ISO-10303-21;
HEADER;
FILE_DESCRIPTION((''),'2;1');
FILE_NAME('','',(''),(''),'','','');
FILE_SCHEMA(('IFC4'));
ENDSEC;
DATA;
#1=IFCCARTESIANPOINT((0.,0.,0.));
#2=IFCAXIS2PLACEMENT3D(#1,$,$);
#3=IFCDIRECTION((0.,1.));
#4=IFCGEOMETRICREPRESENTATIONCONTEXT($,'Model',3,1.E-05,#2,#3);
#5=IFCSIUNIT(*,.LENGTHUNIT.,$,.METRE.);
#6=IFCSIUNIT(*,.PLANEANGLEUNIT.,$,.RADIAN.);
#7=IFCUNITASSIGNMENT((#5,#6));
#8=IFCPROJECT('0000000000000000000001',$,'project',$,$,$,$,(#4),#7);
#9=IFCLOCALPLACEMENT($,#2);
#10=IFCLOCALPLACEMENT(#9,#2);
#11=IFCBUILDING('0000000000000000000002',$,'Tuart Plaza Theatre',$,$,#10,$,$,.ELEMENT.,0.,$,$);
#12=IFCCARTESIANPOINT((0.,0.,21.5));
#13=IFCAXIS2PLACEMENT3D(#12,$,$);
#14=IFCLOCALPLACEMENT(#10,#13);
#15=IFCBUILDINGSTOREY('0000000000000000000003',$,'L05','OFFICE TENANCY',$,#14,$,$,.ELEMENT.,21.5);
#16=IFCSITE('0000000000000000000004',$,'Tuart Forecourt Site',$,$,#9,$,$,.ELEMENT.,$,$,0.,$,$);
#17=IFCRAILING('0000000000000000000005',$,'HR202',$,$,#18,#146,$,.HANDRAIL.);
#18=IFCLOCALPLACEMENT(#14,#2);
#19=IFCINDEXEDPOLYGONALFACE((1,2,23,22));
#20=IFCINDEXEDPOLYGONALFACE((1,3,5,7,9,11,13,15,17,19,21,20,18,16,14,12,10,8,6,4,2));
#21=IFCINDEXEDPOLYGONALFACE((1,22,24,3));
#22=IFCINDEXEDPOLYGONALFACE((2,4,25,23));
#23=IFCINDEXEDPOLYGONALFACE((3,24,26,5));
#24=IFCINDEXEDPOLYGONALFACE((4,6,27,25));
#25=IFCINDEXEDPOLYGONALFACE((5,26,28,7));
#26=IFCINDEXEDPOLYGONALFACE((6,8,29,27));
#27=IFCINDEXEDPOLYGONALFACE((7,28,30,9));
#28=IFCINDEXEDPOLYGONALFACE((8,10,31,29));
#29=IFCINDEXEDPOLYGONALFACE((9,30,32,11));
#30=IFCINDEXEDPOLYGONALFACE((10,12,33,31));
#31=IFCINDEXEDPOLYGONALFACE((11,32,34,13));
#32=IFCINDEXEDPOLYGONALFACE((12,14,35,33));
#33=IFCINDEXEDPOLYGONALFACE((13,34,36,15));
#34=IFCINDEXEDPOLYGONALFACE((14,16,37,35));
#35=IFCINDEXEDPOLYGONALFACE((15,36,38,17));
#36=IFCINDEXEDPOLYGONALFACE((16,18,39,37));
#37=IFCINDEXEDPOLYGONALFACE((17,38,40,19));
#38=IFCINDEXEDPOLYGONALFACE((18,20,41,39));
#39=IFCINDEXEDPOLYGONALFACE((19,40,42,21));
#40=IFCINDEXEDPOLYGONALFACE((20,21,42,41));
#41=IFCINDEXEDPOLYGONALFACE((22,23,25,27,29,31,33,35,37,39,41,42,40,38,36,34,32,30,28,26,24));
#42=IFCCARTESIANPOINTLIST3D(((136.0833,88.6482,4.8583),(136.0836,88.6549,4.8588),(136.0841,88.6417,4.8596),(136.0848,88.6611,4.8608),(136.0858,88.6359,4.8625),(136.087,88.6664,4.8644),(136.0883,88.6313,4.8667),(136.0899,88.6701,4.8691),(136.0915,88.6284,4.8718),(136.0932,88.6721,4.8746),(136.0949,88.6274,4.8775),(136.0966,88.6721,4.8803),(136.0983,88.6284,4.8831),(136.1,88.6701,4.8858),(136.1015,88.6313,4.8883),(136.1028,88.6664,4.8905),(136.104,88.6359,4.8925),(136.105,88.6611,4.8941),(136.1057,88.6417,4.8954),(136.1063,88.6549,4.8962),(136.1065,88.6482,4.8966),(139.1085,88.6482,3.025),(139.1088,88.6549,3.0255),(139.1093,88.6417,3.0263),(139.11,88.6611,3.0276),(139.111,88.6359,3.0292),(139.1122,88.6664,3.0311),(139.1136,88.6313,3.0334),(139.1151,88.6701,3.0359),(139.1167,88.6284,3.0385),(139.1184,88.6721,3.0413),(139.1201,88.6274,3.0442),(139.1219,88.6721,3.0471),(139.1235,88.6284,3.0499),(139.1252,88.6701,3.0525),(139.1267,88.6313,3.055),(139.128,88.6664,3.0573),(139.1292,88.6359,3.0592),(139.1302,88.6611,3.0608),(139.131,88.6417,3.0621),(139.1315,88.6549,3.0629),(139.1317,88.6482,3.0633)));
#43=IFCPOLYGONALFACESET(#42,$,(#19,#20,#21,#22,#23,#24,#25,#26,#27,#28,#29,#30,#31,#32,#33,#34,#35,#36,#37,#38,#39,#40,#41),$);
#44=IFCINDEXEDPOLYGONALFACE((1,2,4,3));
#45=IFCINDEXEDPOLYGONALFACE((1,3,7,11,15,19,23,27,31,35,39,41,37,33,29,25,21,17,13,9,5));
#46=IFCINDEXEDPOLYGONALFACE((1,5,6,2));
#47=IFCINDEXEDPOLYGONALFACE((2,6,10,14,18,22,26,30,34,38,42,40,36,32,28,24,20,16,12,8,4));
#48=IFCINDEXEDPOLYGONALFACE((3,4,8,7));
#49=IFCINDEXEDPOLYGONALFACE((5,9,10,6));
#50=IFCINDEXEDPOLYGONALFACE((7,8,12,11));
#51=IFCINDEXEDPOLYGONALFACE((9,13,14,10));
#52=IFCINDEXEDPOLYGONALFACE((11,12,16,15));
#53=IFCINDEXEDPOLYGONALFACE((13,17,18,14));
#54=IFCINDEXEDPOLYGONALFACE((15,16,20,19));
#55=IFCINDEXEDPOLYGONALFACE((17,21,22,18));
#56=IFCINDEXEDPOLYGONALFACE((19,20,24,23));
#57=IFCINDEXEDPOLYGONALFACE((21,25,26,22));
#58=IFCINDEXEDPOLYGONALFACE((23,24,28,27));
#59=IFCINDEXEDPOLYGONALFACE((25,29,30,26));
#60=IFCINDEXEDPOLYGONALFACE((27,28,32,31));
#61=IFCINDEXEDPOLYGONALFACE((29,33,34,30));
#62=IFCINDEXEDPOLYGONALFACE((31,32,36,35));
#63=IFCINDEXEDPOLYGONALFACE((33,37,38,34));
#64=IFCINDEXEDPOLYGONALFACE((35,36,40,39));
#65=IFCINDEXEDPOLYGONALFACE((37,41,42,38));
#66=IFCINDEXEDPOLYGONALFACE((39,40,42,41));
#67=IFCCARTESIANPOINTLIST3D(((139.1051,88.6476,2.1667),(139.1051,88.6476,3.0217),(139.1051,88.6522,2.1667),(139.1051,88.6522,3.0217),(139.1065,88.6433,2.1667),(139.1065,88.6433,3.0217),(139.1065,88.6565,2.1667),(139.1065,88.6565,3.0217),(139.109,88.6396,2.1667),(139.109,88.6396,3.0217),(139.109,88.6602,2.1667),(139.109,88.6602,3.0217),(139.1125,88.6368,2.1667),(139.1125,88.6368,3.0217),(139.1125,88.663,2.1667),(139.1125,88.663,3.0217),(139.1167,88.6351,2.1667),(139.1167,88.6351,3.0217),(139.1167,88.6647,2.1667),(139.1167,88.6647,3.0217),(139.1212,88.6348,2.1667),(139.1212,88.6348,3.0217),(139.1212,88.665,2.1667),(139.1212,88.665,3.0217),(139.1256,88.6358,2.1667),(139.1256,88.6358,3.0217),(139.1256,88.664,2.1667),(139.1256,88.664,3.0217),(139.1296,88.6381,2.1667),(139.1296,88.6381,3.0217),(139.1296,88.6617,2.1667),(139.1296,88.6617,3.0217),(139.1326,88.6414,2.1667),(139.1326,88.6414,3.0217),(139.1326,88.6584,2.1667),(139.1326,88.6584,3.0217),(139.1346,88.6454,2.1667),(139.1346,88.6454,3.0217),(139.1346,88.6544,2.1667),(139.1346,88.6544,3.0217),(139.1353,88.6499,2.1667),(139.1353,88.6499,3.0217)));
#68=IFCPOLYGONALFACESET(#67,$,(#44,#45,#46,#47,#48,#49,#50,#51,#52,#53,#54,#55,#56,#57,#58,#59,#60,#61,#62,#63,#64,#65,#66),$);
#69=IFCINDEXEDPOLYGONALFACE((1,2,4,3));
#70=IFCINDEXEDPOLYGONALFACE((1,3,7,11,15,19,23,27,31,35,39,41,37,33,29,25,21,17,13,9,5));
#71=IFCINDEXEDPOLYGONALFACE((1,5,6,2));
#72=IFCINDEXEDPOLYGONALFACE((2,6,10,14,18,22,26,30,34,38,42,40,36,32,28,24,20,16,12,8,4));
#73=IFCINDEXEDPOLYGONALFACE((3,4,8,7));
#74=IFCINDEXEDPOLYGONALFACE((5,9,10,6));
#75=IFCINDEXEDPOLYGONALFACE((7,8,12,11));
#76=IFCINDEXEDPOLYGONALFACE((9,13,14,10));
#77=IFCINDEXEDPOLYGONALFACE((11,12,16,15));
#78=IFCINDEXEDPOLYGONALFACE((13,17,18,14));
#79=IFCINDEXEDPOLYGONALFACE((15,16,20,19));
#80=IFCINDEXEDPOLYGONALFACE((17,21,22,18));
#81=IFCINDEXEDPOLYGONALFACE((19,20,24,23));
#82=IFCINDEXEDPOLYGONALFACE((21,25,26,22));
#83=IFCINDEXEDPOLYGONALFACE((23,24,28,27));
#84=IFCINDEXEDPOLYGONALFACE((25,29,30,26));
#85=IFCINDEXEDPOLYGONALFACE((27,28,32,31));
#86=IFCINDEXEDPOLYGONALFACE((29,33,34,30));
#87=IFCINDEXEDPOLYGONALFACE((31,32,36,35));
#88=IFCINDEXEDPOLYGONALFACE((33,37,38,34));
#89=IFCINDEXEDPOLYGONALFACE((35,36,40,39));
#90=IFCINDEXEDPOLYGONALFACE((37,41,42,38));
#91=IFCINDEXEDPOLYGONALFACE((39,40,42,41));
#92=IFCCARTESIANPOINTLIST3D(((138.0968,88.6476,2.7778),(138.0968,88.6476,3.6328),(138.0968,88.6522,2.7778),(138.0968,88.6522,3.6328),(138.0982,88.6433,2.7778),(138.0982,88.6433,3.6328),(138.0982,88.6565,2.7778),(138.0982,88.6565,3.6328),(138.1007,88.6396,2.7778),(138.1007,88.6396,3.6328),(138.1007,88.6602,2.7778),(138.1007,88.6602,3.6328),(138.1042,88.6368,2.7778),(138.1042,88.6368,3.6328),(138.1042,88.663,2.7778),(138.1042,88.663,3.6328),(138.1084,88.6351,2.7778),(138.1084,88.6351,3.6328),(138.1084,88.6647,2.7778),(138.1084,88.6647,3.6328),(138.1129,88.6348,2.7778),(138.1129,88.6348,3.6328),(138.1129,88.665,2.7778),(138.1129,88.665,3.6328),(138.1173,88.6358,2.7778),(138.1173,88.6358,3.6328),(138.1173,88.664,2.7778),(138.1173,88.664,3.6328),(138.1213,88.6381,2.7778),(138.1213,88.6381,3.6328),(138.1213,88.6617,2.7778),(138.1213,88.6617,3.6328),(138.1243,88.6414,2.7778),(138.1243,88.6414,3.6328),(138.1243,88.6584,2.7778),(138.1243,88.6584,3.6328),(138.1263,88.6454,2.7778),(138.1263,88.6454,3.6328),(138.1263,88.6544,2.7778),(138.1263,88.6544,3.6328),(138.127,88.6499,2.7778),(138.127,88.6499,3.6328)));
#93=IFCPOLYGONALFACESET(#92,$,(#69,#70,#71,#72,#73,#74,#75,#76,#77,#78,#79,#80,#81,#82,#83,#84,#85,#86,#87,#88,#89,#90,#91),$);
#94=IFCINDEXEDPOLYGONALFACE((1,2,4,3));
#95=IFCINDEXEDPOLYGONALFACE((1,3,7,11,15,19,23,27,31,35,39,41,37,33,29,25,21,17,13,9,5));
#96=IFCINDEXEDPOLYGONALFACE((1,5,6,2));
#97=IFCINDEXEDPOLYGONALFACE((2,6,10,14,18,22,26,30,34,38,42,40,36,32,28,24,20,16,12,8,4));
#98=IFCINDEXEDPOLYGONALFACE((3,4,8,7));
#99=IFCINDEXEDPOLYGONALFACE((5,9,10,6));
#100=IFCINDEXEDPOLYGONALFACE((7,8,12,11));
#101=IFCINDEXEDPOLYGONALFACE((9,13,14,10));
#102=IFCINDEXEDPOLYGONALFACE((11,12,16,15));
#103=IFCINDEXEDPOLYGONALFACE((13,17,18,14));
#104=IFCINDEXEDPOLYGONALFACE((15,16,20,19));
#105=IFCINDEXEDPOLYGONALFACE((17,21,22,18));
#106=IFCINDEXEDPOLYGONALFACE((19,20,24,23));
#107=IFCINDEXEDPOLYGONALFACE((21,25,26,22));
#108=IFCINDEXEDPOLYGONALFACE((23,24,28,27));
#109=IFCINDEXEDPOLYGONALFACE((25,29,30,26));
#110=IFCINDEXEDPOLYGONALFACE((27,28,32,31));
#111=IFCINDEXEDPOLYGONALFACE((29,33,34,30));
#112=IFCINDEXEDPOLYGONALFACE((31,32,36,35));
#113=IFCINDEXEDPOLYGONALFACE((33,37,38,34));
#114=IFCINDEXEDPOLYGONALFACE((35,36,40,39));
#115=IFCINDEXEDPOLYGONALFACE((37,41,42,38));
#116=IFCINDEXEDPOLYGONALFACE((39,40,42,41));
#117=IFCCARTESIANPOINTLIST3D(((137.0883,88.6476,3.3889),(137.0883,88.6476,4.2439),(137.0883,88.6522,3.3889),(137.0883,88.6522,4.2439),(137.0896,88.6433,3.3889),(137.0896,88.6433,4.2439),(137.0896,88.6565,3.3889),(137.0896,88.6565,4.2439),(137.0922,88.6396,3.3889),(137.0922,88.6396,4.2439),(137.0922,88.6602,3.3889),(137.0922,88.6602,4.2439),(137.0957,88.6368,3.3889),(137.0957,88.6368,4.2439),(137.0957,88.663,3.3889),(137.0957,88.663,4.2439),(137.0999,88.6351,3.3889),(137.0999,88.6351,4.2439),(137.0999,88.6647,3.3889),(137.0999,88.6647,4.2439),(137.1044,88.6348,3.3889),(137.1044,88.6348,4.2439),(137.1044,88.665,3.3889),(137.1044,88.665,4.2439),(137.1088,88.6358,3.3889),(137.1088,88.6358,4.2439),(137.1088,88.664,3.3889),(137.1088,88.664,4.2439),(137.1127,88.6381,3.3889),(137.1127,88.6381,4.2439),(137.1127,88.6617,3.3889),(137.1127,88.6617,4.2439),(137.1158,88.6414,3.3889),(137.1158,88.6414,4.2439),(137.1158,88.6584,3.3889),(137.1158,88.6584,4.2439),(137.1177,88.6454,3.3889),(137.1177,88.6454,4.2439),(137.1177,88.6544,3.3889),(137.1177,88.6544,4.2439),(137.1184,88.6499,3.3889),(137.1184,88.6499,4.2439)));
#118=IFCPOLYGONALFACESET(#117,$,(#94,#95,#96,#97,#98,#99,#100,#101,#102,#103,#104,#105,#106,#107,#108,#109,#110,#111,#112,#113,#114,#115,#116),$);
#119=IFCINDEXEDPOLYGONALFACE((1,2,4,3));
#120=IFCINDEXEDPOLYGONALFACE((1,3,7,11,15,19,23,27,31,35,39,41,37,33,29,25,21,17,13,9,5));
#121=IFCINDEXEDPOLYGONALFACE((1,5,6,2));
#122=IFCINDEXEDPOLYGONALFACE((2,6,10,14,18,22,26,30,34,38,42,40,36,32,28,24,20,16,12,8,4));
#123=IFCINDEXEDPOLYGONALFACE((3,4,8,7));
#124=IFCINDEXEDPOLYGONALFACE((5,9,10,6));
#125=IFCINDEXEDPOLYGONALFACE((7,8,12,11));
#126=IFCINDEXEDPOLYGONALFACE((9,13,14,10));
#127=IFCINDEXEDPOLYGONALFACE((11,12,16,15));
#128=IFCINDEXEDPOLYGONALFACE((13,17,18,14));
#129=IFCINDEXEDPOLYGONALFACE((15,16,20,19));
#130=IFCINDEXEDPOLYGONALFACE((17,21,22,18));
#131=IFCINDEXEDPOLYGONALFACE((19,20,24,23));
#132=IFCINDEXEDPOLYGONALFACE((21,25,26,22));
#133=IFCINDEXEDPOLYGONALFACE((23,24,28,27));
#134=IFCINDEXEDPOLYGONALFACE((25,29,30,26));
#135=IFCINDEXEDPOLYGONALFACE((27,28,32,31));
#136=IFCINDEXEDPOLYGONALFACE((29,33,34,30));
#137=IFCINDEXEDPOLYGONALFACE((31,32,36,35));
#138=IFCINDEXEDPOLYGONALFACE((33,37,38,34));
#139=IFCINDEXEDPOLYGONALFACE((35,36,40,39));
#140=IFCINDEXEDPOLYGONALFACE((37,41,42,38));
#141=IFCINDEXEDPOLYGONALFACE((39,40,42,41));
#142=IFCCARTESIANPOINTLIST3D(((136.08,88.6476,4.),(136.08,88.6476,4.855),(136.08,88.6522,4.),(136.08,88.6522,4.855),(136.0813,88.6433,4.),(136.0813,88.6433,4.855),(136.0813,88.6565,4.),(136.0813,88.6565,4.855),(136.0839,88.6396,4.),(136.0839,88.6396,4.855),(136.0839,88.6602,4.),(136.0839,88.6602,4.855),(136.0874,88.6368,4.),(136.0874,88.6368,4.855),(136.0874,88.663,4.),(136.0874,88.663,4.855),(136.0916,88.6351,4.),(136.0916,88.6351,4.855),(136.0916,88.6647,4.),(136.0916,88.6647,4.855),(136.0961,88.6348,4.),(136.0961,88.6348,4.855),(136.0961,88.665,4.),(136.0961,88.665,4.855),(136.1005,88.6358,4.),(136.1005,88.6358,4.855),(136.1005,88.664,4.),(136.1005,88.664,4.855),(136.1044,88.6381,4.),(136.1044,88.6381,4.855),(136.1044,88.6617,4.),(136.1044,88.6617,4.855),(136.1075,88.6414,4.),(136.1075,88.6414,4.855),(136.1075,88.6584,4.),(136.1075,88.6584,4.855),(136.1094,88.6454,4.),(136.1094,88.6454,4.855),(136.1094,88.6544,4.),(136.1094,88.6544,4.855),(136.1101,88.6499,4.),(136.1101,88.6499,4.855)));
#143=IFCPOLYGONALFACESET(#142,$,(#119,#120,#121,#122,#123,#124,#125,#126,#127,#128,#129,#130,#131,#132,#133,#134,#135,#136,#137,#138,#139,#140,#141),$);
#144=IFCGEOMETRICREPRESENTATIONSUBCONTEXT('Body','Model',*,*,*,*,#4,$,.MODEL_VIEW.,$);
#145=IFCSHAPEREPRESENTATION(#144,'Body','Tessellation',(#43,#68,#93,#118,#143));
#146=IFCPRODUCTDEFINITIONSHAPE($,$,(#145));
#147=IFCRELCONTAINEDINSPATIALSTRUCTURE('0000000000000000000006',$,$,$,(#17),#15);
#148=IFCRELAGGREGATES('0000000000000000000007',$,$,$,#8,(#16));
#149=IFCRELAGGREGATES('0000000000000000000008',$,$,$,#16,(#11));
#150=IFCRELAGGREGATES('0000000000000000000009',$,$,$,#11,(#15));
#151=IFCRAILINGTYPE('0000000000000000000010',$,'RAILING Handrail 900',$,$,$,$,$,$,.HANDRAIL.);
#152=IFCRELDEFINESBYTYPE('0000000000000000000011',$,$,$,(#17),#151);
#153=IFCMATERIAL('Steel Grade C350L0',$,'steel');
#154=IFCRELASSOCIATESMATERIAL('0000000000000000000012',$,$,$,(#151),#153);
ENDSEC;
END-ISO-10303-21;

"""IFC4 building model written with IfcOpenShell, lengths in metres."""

from ifc_helpers import new_model, si_unit, direction, frame, origin, origin_2d, place, context, subcontext, project, spatial, circle, extrude, material, type_object, element, save


model = new_model("IFC4")

# Units and contexts
model_context = context("Model", 3, precision=1e-05, world=origin(), true_north=direction((0.0, 1.0)))
body_context = subcontext(model_context, "Body", "Model", "MODEL_VIEW")
ifc_project = project(units=[si_unit("LENGTHUNIT", "METRE"), si_unit("PLANEANGLEUNIT", "RADIAN")], contexts=[model_context])

# Site, building, storey
site_placement = place(None, origin())
site = spatial("IfcSite", under=ifc_project, at=site_placement, Name="Tuart Forecourt Site", CompositionType="ELEMENT", RefElevation=0.0)
building_placement = place(site_placement, origin())
building = spatial("IfcBuilding", under=site, at=building_placement, Name="Tuart Plaza Theatre", CompositionType="ELEMENT", ElevationOfRefHeight=0.0)
storey_placement = place(building_placement, frame((0.0, 0.0, 21.5)))
storey = spatial("IfcBuildingStorey", under=building, at=storey_placement, Name="L05", Description="OFFICE TENANCY", CompositionType="ELEMENT", Elevation=21.5)

# Railing
ifc_material_1 = material(Name="Steel Grade C350L0", Category="steel")
railing_type_1 = type_object("IfcRailingType", Name="RAILING Handrail 900", PredefinedType="HANDRAIL", material=ifc_material_1)
for number, where, name in (
    (1, (139.1201, 88.6499, 2.1667), "HR202"),
):
    element("IfcRailing", number, at=place(storey_placement, frame(where)), inside=storey, type_object=railing_type_1, Name=name, PredefinedType="HANDRAIL", context=body_context, shape_type="SweptSolid", body=[
        extrude(circle(Radius=0.0225, at=origin_2d()), frame((0.0, 0.0, 0.8774), z_axis=(-0.855219, 0.0, 0.518267), x_axis=(0.0, -1.0, 0.0)), (0.0, 0.0, 1.0), 3.5374),
        extrude(circle(Radius=0.0151, at=origin_2d()), origin(), (0.0, 0.0, 1.0), 0.855),
        extrude(circle(Radius=0.0151, at=origin_2d()), frame((-1.0083, 0.0, 0.6111)), (0.0, 0.0, 1.0), 0.855),
        extrude(circle(Radius=0.0151, at=origin_2d()), frame((-2.0168, 0.0, 1.2222)), (0.0, 0.0, 1.0), 0.855),
        extrude(circle(Radius=0.0151, at=origin_2d()), frame((-3.0251, 0.0, 1.8333)), (0.0, 0.0, 1.0), 0.855),
    ])

save(model, "model.ifc")
